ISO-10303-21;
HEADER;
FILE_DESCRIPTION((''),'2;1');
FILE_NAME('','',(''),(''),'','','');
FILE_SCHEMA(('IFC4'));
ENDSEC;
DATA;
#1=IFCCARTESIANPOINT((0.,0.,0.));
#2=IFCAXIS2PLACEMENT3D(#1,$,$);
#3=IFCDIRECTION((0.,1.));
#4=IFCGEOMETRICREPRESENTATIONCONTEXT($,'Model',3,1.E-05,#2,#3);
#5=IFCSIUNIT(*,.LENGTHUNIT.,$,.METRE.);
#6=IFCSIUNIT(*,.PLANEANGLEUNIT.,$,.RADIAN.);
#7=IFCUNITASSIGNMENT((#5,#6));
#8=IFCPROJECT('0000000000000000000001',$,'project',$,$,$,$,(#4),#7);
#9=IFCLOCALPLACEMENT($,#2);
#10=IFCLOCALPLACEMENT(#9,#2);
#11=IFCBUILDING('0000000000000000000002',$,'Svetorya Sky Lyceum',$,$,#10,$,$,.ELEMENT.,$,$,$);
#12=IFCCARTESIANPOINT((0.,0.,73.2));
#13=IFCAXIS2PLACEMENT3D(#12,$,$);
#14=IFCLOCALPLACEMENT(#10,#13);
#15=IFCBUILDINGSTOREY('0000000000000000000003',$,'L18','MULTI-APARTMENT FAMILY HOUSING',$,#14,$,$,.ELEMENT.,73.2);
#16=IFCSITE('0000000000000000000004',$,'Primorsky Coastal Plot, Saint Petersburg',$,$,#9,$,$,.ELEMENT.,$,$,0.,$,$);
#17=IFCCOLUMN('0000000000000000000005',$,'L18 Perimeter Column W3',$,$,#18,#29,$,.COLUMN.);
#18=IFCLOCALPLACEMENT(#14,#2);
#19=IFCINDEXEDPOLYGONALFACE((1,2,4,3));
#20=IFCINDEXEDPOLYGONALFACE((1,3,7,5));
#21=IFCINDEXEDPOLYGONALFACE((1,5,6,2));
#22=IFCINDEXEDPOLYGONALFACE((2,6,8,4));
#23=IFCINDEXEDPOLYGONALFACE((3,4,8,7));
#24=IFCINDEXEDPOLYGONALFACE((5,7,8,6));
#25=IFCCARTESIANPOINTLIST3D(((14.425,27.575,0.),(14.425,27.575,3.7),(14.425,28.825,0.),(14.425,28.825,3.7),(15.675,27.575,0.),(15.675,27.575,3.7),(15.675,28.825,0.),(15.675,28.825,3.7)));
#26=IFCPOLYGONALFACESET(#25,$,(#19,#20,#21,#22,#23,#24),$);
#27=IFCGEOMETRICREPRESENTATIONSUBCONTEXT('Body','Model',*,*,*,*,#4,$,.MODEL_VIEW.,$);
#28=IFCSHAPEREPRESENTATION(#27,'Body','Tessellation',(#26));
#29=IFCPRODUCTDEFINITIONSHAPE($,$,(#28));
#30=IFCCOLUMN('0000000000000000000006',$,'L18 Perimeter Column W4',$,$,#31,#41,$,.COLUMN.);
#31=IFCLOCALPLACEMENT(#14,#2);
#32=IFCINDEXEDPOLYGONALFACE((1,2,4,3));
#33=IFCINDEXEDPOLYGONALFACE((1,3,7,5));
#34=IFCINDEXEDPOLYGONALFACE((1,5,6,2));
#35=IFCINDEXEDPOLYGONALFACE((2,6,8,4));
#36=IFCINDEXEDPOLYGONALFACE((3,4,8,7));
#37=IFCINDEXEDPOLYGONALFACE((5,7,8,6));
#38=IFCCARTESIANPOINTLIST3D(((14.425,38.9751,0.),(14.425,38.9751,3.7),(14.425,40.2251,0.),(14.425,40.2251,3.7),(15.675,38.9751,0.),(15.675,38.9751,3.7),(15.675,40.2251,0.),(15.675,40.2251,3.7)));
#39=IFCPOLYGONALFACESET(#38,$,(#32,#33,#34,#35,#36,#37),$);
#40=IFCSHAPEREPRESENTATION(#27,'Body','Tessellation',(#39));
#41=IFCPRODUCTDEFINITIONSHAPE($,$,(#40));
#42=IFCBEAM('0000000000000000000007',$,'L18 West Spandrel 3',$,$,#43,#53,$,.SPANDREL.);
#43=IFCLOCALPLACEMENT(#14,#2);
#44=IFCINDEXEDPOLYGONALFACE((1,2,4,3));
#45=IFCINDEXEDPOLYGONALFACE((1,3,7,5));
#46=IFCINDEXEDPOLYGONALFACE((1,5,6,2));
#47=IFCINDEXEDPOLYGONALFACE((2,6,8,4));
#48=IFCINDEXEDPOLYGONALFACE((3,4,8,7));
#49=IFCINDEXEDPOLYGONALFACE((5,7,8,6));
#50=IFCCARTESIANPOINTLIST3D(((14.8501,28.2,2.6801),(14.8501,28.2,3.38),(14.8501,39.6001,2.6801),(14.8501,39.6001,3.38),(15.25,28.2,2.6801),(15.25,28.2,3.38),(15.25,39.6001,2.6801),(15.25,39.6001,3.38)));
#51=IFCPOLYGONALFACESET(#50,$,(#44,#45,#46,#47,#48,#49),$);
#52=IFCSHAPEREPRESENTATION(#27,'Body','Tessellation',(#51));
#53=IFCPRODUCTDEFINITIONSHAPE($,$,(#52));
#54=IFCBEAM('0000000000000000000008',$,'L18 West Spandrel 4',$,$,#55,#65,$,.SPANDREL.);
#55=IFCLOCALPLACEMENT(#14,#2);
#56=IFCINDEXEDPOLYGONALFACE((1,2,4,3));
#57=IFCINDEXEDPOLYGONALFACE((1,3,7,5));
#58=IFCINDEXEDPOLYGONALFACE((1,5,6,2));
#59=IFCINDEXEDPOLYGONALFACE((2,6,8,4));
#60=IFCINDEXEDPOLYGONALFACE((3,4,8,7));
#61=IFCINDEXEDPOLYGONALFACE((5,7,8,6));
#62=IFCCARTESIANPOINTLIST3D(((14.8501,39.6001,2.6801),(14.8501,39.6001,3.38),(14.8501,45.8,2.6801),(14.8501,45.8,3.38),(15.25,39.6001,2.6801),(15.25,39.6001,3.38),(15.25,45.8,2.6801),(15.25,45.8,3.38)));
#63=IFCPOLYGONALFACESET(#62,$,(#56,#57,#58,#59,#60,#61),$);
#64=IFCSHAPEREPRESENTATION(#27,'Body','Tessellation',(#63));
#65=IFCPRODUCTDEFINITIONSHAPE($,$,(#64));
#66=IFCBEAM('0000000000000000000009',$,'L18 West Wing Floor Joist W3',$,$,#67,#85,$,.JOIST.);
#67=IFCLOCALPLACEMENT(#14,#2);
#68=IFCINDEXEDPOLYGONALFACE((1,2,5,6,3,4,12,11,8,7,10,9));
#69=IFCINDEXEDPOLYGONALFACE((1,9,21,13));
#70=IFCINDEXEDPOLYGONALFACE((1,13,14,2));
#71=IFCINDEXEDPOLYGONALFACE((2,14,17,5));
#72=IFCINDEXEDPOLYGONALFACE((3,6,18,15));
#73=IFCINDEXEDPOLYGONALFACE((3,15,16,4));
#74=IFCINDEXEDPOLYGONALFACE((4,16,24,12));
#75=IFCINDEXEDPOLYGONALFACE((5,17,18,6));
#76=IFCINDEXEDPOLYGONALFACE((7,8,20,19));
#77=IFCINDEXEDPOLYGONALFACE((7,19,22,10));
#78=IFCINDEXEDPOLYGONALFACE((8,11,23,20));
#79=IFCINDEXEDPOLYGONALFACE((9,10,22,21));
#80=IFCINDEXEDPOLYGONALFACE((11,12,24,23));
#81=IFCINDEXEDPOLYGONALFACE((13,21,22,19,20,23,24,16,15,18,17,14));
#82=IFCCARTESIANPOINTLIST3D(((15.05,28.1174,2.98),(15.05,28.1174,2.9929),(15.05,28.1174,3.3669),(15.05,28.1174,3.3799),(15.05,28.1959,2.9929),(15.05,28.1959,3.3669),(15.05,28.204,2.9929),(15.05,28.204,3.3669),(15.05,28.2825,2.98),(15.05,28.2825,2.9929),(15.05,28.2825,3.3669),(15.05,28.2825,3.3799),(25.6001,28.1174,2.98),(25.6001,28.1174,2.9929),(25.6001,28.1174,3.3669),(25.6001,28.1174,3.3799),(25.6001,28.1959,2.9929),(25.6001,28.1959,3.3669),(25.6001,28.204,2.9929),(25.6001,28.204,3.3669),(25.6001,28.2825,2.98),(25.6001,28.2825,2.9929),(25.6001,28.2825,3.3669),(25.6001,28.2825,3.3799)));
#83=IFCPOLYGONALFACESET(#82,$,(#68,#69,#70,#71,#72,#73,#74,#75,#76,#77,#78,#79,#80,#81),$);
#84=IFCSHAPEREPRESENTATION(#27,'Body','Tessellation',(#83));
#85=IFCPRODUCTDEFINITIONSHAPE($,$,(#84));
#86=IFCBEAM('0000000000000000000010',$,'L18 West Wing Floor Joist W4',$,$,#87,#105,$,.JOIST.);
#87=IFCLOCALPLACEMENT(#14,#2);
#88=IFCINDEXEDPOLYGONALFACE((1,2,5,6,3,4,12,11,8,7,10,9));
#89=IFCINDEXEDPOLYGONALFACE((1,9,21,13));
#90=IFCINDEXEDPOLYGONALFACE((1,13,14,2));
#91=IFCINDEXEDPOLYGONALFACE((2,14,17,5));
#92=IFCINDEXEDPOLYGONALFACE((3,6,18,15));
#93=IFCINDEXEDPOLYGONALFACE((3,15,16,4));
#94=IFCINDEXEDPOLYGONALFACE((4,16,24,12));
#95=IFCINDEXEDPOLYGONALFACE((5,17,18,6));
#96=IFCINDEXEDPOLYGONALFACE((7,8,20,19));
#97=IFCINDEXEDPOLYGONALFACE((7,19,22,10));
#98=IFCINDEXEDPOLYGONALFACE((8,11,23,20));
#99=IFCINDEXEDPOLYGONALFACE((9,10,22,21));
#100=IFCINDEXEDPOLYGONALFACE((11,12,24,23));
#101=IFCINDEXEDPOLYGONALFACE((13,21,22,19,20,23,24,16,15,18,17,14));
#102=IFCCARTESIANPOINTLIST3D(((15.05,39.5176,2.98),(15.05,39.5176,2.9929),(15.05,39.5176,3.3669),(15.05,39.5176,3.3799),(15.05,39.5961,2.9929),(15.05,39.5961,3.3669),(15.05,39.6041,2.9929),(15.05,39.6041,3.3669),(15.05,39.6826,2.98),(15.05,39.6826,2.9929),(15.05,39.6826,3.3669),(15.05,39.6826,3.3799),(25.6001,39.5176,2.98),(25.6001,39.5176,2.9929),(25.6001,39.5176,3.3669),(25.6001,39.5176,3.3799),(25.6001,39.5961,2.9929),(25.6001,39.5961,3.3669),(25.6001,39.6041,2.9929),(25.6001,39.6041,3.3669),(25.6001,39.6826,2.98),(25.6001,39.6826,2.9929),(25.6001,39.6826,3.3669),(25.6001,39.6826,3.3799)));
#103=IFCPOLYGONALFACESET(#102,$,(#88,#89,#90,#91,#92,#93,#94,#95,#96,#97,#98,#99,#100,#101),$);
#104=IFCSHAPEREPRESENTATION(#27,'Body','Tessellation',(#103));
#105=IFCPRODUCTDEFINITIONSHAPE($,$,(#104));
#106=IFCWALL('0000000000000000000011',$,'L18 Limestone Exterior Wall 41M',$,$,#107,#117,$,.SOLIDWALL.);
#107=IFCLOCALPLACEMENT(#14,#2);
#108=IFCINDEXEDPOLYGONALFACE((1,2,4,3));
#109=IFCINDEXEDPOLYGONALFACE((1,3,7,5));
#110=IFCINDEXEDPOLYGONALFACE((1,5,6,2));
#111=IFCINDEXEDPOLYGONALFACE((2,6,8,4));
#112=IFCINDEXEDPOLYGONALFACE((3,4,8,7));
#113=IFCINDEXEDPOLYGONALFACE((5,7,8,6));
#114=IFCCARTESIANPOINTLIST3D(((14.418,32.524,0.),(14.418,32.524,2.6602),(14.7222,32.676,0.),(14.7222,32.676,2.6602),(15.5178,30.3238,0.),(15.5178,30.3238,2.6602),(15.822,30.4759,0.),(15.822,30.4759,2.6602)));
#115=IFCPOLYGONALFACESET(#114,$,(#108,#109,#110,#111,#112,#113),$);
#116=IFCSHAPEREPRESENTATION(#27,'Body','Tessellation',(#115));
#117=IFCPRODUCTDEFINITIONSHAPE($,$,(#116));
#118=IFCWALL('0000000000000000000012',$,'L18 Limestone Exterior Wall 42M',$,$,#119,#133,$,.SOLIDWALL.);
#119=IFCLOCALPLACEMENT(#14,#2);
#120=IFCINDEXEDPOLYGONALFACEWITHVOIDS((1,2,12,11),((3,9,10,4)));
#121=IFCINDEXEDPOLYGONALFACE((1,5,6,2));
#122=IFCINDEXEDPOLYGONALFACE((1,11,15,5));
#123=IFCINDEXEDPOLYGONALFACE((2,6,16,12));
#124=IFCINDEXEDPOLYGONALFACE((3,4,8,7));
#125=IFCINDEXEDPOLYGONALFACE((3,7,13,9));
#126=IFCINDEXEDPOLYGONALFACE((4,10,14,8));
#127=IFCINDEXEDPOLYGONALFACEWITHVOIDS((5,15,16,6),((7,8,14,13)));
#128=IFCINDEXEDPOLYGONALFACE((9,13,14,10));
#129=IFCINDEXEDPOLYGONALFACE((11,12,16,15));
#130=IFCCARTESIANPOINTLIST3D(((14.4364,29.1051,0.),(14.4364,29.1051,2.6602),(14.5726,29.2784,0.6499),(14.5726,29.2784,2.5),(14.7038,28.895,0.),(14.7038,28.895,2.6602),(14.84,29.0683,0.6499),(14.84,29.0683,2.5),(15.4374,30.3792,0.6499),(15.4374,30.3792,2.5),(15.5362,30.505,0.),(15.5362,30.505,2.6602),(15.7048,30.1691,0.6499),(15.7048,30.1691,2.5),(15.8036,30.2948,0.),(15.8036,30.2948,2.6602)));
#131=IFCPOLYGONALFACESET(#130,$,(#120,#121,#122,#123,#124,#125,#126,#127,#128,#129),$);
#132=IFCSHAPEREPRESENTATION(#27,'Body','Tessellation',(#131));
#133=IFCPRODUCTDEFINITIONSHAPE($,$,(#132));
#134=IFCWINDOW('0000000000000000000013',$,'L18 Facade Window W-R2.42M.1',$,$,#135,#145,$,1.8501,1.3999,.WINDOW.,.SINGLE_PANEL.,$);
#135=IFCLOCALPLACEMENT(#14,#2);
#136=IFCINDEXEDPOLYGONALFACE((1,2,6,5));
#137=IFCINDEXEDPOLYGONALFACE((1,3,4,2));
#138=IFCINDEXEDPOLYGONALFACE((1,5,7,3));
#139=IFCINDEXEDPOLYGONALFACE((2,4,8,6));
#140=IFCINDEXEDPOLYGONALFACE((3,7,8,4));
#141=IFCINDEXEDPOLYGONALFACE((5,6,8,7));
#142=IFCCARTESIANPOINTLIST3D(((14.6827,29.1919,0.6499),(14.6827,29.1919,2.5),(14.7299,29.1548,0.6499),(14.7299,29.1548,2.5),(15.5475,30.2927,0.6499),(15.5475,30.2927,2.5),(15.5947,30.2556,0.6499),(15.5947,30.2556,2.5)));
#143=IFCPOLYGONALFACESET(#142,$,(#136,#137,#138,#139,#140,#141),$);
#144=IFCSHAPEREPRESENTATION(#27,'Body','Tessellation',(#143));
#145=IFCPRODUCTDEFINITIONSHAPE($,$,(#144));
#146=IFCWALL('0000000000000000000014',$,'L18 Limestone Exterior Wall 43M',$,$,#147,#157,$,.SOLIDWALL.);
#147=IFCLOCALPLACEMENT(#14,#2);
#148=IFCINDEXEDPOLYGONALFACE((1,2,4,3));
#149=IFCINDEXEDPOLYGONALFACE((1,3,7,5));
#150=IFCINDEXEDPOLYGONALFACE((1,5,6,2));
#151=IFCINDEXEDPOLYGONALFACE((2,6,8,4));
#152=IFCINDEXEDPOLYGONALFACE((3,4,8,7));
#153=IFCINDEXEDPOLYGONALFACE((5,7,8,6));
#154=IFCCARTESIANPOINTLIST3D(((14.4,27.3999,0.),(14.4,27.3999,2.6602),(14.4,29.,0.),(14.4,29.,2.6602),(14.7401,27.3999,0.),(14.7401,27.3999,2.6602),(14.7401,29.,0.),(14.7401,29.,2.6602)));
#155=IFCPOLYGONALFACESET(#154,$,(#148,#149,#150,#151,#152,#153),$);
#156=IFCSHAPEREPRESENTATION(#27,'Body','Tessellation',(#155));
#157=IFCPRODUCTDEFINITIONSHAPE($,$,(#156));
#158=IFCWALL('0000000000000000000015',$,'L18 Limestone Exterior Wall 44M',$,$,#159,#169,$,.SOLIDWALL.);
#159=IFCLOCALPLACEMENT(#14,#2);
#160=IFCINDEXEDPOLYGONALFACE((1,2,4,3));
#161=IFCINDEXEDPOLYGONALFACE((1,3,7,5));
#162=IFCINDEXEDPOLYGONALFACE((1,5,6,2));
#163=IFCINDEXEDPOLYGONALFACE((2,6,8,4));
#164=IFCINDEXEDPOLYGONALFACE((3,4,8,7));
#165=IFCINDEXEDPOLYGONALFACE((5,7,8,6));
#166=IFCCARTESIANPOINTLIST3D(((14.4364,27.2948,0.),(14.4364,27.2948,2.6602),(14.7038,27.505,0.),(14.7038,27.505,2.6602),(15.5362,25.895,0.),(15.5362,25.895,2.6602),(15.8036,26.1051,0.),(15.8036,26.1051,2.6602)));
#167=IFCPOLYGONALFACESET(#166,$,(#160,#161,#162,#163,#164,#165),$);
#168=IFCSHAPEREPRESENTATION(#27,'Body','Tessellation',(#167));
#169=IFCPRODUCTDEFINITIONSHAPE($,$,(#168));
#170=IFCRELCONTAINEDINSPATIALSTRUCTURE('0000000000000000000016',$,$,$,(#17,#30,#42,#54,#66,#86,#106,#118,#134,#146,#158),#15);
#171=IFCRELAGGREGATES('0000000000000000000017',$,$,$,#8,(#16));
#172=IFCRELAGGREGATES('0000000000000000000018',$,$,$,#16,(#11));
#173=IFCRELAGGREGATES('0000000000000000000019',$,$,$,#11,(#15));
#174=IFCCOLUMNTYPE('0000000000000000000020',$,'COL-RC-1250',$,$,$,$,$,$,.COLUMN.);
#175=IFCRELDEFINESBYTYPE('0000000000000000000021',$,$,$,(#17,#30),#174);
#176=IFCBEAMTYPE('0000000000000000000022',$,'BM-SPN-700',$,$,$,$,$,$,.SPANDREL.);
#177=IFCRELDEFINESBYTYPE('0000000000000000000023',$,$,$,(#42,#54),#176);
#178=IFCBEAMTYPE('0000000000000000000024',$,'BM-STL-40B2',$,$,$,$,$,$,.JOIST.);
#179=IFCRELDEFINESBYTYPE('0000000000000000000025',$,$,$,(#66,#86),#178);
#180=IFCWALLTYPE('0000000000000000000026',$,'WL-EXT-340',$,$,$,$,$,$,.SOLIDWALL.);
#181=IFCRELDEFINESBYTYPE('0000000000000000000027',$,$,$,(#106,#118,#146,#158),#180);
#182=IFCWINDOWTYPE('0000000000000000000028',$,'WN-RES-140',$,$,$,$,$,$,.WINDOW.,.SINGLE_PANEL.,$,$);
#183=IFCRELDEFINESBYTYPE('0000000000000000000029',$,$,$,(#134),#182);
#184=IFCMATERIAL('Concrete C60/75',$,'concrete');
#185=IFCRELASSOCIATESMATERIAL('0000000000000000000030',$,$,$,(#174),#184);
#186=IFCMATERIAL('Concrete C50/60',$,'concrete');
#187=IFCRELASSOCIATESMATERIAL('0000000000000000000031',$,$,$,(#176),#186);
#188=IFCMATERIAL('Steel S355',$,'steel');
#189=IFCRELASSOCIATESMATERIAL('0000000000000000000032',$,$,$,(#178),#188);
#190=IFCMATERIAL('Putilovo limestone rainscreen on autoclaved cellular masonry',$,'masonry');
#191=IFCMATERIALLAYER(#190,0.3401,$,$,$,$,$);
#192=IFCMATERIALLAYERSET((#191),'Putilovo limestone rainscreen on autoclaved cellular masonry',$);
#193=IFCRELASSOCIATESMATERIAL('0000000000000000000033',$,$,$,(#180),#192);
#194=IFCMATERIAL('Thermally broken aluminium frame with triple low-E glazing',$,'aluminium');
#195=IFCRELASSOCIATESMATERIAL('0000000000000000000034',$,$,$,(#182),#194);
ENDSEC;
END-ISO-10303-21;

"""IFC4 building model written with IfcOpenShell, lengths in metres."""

from ifc_helpers import new_model, si_unit, direction, frame, frame_2d, origin, origin_2d, place, context, subcontext, project, spatial, rectangle, i_section, extrude, material, layer, layer_set, material_profile, profile_set, type_object, element, fill, save


model = new_model("IFC4")

# Units and contexts
model_context = context("Model", 3, precision=1e-05, world=origin(), true_north=direction((0.0, 1.0)))
body_context = subcontext(model_context, "Body", "Model", "MODEL_VIEW")
ifc_project = project(units=[si_unit("LENGTHUNIT", "METRE"), si_unit("PLANEANGLEUNIT", "RADIAN")], contexts=[model_context])

# Site, building, storey
site_placement = place(None, origin())
site = spatial("IfcSite", under=ifc_project, at=site_placement, Name="Primorsky Coastal Plot, Saint Petersburg", CompositionType="ELEMENT", RefElevation=0.0)
building_placement = place(site_placement, origin())
building = spatial("IfcBuilding", under=site, at=building_placement, Name="Svetorya Sky Lyceum", CompositionType="ELEMENT")
storey_placement = place(building_placement, frame((0.0, 0.0, 73.2)))
storey = spatial("IfcBuildingStorey", under=building, at=storey_placement, Name="L18", Description="MULTI-APARTMENT FAMILY HOUSING", CompositionType="ELEMENT", Elevation=73.2)

# Columns
ifc_material_1 = material(Name="Concrete C60/75", Category="concrete")
ifc_material_profile_1 = material_profile(ifc_material_1, rectangle(XDim=1.25, YDim=1.25, at=origin_2d()), Name="RC COL 1250x1250")
ifc_profile_set_1 = profile_set([ifc_material_profile_1], Name="Concrete C60/75")
column_type = type_object("IfcColumnType", Name="COL-RC-1250", PredefinedType="COLUMN", material=ifc_profile_set_1)
for number, where, z_axis, x_axis, name in (
    (1, (15.05, 28.2, 0.0), (0.0, 0.0, 1.0), (1.0, 0.0, 0.0), "L18 Perimeter Column W3"),
    (2, (15.05, 39.6001, 0.0), (0.0, 0.0, 1.0), (1.0, 0.0, 0.0), "L18 Perimeter Column W4"),
):
    element("IfcColumn", number, at=place(storey_placement, frame(where, z_axis=z_axis, x_axis=x_axis)), inside=storey, type_object=column_type, Name=name, PredefinedType="COLUMN", context=body_context, shape_type="SweptSolid", body=[
        extrude(rectangle(XDim=1.25, YDim=1.25, at=origin_2d()), origin(), (0.0, 0.0, 1.0), 3.7),
    ])

# Beams
ifc_material_2 = material(Name="Concrete C50/60", Category="concrete")
ifc_material_profile_2 = material_profile(ifc_material_2, rectangle(XDim=0.3999, YDim=0.7, at=origin_2d()), Name="RC SPANDREL 400x700")
ifc_profile_set_2 = profile_set([ifc_material_profile_2], Name="Concrete C50/60")
beam_type_1 = type_object("IfcBeamType", Name="BM-SPN-700", PredefinedType="SPANDREL", material=ifc_profile_set_2)
beam_1_placement = place(storey_placement, frame((15.05, 28.2, 3.03), z_axis=(0.0, 1.0, 0.0), x_axis=(-1.0, 0.0, 0.0)))
element("IfcBeam", 3, at=beam_1_placement, inside=storey, type_object=beam_type_1, Name="L18 West Spandrel 3", PredefinedType="SPANDREL", context=body_context, shape_type="SweptSolid", body=[
    extrude(rectangle(XDim=0.3999, YDim=0.7, at=origin_2d()), origin(), (0.0, 0.0, 1.0), 11.4001),
])
beam_2_placement = place(storey_placement, frame((15.05, 39.6001, 3.03), z_axis=(0.0, 1.0, 0.0), x_axis=(-1.0, 0.0, 0.0)))
element("IfcBeam", 4, at=beam_2_placement, inside=storey, type_object=beam_type_1, Name="L18 West Spandrel 4", PredefinedType="SPANDREL", context=body_context, shape_type="SweptSolid", body=[
    extrude(rectangle(XDim=0.3999, YDim=0.7, at=origin_2d()), origin(), (0.0, 0.0, 1.0), 6.2),
])
ifc_material_3 = material(Name="Steel S355", Category="steel")
ifc_material_profile_3 = material_profile(ifc_material_3, i_section(OverallWidth=0.165, OverallDepth=0.3999, WebThickness=0.0081, FlangeThickness=0.0129, at=origin_2d()), Name="GOST 40B2")
ifc_profile_set_3 = profile_set([ifc_material_profile_3], Name="Steel S355")
beam_type_2 = type_object("IfcBeamType", Name="BM-STL-40B2", PredefinedType="JOIST", material=ifc_profile_set_3)
for number, where, z_axis, x_axis, name in (
    (5, (15.05, 28.2, 3.1799), (1.0, 0.0, 0.0), (0.0, 1.0, 0.0), "L18 West Wing Floor Joist W3"),
    (6, (15.05, 39.6001, 3.1799), (1.0, 0.0, 0.0), (0.0, 1.0, 0.0), "L18 West Wing Floor Joist W4"),
):
    element("IfcBeam", number, at=place(storey_placement, frame(where, z_axis=z_axis, x_axis=x_axis)), inside=storey, type_object=beam_type_2, Name=name, PredefinedType="JOIST", context=body_context, shape_type="SweptSolid", body=[
        extrude(i_section(OverallWidth=0.165, OverallDepth=0.3999, WebThickness=0.0081, FlangeThickness=0.0129, at=origin_2d()), origin(), (0.0, 0.0, 1.0), 10.55),
    ])

# Wall
ifc_material_4 = material(Name="Putilovo limestone rainscreen on autoclaved cellular masonry", Category="masonry")
ifc_layer_1 = layer(ifc_material_4, 0.3401)
ifc_layer_set_1 = layer_set([ifc_layer_1], Name="Putilovo limestone rainscreen on autoclaved cellular masonry")
wall_type_1 = type_object("IfcWallType", Name="WL-EXT-340", PredefinedType="SOLIDWALL", material=ifc_layer_set_1)
wall_1_placement = place(storey_placement, frame((14.5701, 32.6001, 0.0), z_axis=(0.0, 0.0, 1.0), x_axis=(0.447134, -0.894467, 0.0)))
element("IfcWall", 7, at=wall_1_placement, inside=storey, type_object=wall_type_1, Name="L18 Limestone Exterior Wall 41M", PredefinedType="SOLIDWALL", context=body_context, shape_type="SweptSolid", body=[
    extrude(rectangle(XDim=2.4597, YDim=0.3401, at=frame_2d((1.23, 0.0))), origin(), (0.0, 0.0, 1.0), 2.6602),
])

# Wall, opening, window
wall_2_placement = place(storey_placement, frame((15.6699, 30.3999, 0.0), z_axis=(0.0, 0.0, 1.0), x_axis=(-0.617797, -0.786337, 0.0)))
wall_2 = element("IfcWall", 8, at=wall_2_placement, inside=storey, type_object=wall_type_1, Name="L18 Limestone Exterior Wall 42M", PredefinedType="SOLIDWALL", context=body_context, shape_type="SweptSolid", body=[
    extrude(rectangle(XDim=1.7803, YDim=0.3401, at=frame_2d((0.8901, 0.0))), origin(), (0.0, 0.0, 1.0), 2.6602),
])
opening_1_placement = place(wall_2_placement, frame((0.1599, 0.0, 0.6499)))
opening_1 = element("IfcOpeningElement", 9, at=opening_1_placement, cuts=wall_2, PredefinedType="OPENING", context=body_context, shape_type="SweptSolid", body=[
    extrude(rectangle(XDim=1.3999, YDim=1.8501, at=frame_2d((0.7, 0.925))), frame((0.0, 0.1799, 0.0), z_axis=(0.0, -1.0, 0.0), x_axis=(1.0, 0.0, 0.0)), (0.0, 0.0, 1.0), 0.3601),
])
ifc_material_5 = material(Name="Thermally broken aluminium frame with triple low-E glazing", Category="aluminium")
window_type_1 = type_object("IfcWindowType", Name="WN-RES-140", PartitioningType="SINGLE_PANEL", PredefinedType="WINDOW", material=ifc_material_5)
window_1_placement = place(opening_1_placement, origin())
window_1 = element("IfcWindow", 10, at=window_1_placement, inside=storey, type_object=window_type_1, Name="L18 Facade Window W-R2.42M.1", OverallHeight=1.8501, OverallWidth=1.3999, PartitioningType="SINGLE_PANEL", PredefinedType="WINDOW", context=body_context, shape_type="SweptSolid", body=[
    extrude(rectangle(XDim=1.3999, YDim=1.8501, at=frame_2d((0.7, 0.925))), frame((0.0, 0.03, 0.0), z_axis=(0.0, -1.0, 0.0), x_axis=(1.0, 0.0, 0.0)), (0.0, 0.0, 1.0), 0.0601),
])
fill(opening_1, window_1)

# Walls
wall_3_placement = place(storey_placement, frame((14.5701, 29.0, 0.0), z_axis=(0.0, 0.0, 1.0), x_axis=(0.0, -1.0, 0.0)))
element("IfcWall", 11, at=wall_3_placement, inside=storey, type_object=wall_type_1, Name="L18 Limestone Exterior Wall 43M", PredefinedType="SOLIDWALL", context=body_context, shape_type="SweptSolid", body=[
    extrude(rectangle(XDim=1.6001, YDim=0.3401, at=frame_2d((0.8, 0.0))), origin(), (0.0, 0.0, 1.0), 2.6602),
])
wall_4_placement = place(storey_placement, frame((14.5701, 27.3999, 0.0), z_axis=(0.0, 0.0, 1.0), x_axis=(0.617797, -0.786337, 0.0)))
element("IfcWall", 12, at=wall_4_placement, inside=storey, type_object=wall_type_1, Name="L18 Limestone Exterior Wall 44M", PredefinedType="SOLIDWALL", context=body_context, shape_type="SweptSolid", body=[
    extrude(rectangle(XDim=1.7803, YDim=0.3401, at=frame_2d((0.8901, 0.0))), origin(), (0.0, 0.0, 1.0), 2.6602),
])

save(model, "model.ifc")
